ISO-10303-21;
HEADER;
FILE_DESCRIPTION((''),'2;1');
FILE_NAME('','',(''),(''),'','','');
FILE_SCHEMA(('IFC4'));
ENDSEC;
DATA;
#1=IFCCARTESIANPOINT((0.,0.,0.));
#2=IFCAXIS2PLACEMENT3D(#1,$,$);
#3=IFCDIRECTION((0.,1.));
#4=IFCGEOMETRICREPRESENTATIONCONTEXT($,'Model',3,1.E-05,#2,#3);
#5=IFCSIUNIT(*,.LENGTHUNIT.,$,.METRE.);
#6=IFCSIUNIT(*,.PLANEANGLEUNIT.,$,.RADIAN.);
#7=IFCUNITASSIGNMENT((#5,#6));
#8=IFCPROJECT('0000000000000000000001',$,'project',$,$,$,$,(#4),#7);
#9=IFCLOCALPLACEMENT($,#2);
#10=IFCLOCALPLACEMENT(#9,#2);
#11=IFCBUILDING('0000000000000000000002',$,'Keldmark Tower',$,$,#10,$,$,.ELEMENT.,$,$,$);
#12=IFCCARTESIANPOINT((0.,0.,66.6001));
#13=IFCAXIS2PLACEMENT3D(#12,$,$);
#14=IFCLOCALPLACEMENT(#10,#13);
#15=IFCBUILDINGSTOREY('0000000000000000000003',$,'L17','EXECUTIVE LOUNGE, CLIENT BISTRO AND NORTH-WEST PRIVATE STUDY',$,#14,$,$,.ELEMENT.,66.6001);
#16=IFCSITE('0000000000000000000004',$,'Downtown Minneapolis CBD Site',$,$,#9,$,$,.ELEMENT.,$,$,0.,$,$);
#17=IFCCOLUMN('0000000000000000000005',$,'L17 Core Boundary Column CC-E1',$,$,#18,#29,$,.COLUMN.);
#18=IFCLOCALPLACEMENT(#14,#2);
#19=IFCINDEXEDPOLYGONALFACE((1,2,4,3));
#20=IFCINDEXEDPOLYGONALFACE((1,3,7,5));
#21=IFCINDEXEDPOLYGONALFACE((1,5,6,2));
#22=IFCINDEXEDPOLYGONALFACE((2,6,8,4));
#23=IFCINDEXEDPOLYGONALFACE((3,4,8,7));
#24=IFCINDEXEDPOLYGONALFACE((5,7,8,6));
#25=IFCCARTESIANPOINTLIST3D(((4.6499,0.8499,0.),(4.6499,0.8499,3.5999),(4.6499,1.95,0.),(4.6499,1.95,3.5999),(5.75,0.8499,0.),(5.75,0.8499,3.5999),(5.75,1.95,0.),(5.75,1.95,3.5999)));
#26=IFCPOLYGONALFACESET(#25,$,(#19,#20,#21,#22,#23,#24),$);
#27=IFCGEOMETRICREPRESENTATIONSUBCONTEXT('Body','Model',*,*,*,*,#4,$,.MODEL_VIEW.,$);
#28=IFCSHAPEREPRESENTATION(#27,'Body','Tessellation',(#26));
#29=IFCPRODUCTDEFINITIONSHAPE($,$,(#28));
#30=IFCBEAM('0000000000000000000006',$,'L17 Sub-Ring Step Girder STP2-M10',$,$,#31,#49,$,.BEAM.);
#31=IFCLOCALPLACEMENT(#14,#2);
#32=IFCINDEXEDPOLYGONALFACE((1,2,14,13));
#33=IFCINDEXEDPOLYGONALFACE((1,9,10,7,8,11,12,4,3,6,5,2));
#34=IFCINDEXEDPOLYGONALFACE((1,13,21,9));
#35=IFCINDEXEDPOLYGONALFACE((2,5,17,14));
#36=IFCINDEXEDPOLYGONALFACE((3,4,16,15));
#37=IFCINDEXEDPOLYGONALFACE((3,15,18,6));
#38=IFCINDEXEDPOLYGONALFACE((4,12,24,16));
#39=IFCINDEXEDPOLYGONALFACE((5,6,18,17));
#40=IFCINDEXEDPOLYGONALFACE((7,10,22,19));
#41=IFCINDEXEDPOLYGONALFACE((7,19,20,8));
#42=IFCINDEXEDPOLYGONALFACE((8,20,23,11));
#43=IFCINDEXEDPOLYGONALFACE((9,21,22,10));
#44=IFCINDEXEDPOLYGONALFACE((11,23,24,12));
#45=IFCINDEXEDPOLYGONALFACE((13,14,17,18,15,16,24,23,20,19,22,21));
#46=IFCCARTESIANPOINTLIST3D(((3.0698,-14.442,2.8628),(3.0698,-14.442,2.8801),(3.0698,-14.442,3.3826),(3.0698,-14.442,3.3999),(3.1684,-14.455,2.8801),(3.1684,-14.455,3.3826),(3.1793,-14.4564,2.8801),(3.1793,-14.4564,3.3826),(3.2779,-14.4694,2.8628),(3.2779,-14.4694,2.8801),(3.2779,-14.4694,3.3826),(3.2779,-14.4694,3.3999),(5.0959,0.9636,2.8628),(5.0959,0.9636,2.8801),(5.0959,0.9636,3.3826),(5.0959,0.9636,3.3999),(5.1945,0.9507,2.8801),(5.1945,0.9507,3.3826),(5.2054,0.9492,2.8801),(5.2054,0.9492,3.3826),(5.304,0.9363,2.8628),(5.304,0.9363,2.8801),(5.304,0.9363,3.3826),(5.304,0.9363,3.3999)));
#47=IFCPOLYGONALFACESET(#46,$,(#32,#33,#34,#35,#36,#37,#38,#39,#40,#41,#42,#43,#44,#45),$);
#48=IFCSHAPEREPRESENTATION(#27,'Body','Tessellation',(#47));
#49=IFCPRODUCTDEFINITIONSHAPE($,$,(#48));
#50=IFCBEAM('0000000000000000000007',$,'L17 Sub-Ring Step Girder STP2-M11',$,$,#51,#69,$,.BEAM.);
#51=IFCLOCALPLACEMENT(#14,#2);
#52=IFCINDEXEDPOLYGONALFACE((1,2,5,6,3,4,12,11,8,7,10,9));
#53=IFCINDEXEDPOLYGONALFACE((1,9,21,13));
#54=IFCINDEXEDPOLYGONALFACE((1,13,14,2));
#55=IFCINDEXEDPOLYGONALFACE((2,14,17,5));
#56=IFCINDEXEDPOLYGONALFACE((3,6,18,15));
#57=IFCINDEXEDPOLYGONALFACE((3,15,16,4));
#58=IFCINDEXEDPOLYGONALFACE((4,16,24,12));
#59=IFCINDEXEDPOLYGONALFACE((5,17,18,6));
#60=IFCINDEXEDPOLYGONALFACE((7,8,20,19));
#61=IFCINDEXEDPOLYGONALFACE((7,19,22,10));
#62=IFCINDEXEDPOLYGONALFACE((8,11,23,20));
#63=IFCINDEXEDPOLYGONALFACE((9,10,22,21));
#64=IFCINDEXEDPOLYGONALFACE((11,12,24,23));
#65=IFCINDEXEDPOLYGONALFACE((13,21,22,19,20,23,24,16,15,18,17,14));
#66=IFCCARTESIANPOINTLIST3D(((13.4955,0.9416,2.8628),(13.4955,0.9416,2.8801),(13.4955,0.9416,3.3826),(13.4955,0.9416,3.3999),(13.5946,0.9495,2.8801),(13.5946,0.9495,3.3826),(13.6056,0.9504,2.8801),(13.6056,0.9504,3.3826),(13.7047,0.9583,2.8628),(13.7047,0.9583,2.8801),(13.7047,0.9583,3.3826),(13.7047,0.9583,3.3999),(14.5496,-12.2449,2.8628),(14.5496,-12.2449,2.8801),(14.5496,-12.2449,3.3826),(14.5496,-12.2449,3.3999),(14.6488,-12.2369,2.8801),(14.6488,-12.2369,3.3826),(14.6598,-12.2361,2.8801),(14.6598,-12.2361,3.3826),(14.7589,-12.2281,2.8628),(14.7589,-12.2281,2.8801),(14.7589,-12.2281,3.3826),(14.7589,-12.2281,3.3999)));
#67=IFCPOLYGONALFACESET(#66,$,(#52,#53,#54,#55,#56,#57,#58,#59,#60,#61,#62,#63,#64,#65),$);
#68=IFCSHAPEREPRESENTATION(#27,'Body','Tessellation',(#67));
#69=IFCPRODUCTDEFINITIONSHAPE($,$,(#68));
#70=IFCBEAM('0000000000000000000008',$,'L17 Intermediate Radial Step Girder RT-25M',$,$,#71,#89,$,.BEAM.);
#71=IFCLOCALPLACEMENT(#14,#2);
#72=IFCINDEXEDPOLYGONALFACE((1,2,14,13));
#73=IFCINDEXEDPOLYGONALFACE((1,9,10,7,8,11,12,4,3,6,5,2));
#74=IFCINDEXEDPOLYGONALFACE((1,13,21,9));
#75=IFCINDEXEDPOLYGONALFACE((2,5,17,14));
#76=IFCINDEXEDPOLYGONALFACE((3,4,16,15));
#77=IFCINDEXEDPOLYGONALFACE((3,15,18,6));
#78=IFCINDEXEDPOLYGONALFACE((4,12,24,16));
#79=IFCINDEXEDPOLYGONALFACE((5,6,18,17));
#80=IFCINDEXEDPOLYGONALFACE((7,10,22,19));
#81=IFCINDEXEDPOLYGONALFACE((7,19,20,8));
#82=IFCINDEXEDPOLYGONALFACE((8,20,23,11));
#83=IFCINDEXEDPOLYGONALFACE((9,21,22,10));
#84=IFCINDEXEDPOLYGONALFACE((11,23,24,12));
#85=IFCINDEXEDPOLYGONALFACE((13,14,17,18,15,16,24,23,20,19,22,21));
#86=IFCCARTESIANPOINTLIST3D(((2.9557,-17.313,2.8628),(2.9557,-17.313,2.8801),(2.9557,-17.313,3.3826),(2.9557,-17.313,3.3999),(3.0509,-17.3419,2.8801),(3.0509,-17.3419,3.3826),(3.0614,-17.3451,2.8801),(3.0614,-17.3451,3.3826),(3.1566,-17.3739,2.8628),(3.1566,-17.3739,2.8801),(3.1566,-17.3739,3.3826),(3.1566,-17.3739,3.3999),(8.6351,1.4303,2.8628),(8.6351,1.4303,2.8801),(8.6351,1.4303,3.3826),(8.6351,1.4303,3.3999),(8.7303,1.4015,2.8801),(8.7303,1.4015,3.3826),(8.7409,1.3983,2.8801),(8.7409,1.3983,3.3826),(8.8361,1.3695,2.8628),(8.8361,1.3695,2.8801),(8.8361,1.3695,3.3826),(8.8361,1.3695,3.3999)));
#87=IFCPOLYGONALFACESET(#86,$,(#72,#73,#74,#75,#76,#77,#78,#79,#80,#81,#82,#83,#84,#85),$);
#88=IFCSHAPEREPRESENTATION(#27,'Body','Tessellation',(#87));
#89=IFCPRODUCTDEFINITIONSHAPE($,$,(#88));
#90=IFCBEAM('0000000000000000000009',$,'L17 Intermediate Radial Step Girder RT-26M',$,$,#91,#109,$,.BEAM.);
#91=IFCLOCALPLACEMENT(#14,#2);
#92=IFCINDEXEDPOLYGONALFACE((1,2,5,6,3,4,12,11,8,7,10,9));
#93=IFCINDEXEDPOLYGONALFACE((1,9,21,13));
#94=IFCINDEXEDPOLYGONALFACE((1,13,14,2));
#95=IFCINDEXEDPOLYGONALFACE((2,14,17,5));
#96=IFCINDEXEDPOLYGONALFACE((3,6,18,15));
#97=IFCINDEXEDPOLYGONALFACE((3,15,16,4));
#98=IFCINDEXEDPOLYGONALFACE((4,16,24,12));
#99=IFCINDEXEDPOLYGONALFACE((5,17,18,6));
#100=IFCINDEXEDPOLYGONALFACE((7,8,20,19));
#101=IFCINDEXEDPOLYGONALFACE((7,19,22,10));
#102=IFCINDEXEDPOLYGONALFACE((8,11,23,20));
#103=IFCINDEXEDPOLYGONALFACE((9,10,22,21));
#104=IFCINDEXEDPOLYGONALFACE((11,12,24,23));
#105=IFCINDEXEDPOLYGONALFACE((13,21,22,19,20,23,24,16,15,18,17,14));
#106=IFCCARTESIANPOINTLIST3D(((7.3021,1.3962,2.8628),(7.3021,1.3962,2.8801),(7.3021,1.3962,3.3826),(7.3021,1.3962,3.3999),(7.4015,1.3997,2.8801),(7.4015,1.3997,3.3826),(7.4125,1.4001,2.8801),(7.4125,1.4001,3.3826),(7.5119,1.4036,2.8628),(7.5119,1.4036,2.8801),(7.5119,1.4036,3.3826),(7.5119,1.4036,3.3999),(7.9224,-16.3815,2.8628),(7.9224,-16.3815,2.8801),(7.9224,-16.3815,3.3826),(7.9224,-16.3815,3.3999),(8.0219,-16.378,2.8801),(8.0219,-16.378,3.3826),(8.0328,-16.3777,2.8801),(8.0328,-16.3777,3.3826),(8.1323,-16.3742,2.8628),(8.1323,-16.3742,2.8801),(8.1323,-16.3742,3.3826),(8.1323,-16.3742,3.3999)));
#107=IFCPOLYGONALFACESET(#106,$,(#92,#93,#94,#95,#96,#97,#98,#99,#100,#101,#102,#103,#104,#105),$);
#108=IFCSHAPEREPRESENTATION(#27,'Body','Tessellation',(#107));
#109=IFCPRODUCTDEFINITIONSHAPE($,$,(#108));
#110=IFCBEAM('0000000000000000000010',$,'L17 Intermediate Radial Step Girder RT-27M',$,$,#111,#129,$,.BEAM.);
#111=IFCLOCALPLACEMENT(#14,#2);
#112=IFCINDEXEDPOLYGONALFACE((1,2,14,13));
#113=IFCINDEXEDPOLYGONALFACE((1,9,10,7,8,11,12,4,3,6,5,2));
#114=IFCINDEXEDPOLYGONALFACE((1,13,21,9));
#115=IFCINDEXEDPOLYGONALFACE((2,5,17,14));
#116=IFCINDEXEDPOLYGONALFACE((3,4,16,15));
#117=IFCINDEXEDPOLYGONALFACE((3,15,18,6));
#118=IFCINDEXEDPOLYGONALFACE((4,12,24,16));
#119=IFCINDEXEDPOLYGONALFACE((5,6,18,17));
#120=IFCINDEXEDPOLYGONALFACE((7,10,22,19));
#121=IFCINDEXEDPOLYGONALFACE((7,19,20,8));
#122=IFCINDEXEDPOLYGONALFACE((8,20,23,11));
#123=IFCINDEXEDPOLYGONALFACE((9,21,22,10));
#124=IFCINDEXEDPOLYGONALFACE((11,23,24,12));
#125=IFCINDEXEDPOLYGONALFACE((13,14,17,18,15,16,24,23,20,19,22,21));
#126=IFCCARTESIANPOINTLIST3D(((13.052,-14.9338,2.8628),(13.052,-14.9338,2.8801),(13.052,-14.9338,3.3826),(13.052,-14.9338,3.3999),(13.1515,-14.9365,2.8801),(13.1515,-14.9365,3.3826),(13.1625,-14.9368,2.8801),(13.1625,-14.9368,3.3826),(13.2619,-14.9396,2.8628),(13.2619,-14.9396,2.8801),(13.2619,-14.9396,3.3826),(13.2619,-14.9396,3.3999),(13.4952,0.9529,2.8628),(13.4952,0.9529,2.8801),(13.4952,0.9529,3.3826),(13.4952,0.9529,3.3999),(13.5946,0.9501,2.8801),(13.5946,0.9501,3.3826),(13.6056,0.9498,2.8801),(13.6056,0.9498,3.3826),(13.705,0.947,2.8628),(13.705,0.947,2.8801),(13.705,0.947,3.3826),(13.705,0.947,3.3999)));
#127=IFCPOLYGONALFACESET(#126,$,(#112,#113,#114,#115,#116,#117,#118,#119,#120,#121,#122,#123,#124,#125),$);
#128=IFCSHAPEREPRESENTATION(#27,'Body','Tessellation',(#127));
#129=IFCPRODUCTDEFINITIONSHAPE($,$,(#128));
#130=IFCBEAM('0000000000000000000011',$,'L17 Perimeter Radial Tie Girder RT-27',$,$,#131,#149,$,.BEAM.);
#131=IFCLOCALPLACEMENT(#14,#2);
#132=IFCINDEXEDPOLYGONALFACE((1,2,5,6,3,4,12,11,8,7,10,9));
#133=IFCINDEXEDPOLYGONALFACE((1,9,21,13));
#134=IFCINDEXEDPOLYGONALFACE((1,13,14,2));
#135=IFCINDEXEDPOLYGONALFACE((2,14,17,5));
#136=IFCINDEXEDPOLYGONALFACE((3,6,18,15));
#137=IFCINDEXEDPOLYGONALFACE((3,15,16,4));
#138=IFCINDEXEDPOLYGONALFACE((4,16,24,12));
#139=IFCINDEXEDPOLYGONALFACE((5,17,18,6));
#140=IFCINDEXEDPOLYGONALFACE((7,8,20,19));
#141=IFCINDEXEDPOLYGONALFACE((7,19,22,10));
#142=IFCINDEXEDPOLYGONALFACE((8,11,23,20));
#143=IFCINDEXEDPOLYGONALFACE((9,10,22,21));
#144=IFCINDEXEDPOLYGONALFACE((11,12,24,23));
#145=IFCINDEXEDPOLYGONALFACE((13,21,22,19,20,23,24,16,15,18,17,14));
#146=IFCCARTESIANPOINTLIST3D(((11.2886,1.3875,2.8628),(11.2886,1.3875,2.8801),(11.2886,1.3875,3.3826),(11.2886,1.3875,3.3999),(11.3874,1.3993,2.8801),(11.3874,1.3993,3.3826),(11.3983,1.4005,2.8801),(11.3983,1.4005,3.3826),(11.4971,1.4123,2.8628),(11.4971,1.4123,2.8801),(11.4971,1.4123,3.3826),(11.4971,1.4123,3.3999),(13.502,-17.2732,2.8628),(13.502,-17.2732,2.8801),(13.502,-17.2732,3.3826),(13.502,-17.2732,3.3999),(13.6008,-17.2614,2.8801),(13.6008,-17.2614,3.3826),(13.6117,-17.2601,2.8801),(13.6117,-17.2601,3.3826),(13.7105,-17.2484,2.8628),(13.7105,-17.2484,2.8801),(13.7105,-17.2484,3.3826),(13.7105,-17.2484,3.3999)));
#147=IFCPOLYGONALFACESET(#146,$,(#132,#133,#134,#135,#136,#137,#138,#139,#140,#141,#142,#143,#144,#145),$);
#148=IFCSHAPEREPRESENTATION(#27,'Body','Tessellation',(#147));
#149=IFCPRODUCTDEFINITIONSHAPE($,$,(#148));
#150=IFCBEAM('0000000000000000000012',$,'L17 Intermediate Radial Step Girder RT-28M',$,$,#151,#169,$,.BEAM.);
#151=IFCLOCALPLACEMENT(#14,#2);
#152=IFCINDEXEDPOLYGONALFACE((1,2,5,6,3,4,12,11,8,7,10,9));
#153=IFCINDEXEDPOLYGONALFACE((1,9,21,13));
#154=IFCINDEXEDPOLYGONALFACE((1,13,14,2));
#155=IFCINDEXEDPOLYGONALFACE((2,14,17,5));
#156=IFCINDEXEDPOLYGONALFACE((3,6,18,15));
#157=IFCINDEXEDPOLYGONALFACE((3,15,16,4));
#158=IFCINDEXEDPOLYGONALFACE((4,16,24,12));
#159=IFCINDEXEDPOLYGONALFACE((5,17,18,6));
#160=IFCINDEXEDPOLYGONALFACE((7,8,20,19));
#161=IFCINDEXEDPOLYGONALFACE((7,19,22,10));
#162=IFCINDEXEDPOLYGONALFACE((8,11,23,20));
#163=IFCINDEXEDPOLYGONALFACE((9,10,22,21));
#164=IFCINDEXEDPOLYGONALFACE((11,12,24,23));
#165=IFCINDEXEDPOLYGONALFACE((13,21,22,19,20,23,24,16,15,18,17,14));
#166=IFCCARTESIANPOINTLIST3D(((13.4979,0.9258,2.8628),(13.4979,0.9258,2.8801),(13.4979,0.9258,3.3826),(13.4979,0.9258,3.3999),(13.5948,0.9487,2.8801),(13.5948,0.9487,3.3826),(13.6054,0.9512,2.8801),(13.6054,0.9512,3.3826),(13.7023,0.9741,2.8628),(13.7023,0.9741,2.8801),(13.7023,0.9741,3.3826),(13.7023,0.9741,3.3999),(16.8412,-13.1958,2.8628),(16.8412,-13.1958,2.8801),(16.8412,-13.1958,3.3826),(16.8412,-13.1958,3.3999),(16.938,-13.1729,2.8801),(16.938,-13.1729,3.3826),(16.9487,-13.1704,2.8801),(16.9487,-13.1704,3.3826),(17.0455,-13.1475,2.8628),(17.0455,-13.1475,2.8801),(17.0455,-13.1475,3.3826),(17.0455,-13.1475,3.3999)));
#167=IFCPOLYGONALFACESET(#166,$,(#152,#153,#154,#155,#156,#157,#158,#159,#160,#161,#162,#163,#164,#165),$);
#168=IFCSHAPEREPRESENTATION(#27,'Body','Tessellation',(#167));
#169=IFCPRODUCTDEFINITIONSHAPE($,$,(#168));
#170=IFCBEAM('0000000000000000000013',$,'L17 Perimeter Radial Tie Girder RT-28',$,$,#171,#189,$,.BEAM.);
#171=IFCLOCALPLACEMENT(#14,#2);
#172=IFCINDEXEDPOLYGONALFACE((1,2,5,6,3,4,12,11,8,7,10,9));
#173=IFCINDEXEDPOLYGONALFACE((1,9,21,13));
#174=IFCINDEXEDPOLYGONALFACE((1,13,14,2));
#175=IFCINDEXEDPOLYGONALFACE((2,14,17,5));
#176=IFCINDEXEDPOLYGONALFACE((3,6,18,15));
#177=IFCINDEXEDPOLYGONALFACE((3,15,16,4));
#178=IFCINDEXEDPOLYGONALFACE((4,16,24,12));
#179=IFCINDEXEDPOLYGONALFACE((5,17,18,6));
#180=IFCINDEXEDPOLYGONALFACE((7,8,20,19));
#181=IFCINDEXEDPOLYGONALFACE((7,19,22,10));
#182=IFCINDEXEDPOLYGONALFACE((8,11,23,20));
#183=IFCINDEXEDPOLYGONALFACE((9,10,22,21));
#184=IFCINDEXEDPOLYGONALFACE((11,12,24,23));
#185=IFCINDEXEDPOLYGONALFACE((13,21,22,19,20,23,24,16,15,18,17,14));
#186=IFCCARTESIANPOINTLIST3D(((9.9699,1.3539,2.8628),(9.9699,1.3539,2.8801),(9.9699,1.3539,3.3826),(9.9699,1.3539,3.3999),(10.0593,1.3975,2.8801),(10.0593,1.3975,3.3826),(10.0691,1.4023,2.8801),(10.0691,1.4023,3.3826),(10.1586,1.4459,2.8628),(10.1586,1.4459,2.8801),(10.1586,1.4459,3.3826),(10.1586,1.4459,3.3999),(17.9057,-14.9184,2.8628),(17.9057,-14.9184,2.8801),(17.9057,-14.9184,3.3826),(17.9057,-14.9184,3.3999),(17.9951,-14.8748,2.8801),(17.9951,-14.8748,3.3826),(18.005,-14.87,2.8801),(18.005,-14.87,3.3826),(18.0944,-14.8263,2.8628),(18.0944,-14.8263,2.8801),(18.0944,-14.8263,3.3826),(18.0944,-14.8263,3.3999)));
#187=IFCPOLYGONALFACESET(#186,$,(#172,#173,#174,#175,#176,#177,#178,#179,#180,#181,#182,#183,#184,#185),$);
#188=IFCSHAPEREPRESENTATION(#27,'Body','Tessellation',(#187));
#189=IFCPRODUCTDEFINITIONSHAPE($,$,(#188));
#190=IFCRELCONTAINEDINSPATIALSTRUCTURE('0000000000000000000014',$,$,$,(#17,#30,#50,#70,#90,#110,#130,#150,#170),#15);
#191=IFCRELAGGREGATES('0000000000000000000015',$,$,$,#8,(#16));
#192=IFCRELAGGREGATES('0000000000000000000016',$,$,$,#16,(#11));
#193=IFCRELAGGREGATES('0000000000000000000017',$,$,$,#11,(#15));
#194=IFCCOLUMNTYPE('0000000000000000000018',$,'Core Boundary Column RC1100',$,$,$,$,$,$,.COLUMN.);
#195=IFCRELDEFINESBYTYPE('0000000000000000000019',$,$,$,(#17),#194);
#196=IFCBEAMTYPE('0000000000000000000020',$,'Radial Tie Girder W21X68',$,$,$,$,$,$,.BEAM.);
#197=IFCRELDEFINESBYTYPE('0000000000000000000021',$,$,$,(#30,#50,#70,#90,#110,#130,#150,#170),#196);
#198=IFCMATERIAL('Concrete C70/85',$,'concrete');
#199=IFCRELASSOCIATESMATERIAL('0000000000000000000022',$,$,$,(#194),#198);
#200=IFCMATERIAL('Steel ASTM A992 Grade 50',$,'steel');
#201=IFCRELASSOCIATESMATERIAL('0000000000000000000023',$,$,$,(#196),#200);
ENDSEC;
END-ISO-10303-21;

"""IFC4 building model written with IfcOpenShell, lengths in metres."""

from ifc_helpers import new_model, si_unit, direction, frame, origin, origin_2d, place, context, subcontext, project, spatial, rectangle, i_section, extrude, material, material_profile, profile_set, type_object, element, save


model = new_model("IFC4")

# Units and contexts
model_context = context("Model", 3, precision=1e-05, world=origin(), true_north=direction((0.0, 1.0)))
body_context = subcontext(model_context, "Body", "Model", "MODEL_VIEW")
ifc_project = project(units=[si_unit("LENGTHUNIT", "METRE"), si_unit("PLANEANGLEUNIT", "RADIAN")], contexts=[model_context])

# Site, building, storey
site_placement = place(None, origin())
site = spatial("IfcSite", under=ifc_project, at=site_placement, Name="Downtown Minneapolis CBD Site", CompositionType="ELEMENT", RefElevation=0.0)
building_placement = place(site_placement, origin())
building = spatial("IfcBuilding", under=site, at=building_placement, Name="Keldmark Tower", CompositionType="ELEMENT")
storey_placement = place(building_placement, frame((0.0, 0.0, 66.6001)))
storey = spatial("IfcBuildingStorey", under=building, at=storey_placement, Name="L17", Description="EXECUTIVE LOUNGE, CLIENT BISTRO AND NORTH-WEST PRIVATE STUDY", CompositionType="ELEMENT", Elevation=66.6001)

# Column
ifc_material_1 = material(Name="Concrete C70/85", Category="concrete")
ifc_material_profile_1 = material_profile(ifc_material_1, rectangle(XDim=1.1001, YDim=1.1001, at=origin_2d()), Name="RC1100X1100")
ifc_profile_set_1 = profile_set([ifc_material_profile_1], Name="Concrete C70/85")
column_type = type_object("IfcColumnType", Name="Core Boundary Column RC1100", PredefinedType="COLUMN", material=ifc_profile_set_1)
column_placement = place(storey_placement, frame((5.2, 1.3999, 0.0), z_axis=(0.0, 0.0, 1.0), x_axis=(1.0, 0.0, 0.0)))
element("IfcColumn", 1, at=column_placement, inside=storey, type_object=column_type, Name="L17 Core Boundary Column CC-E1", PredefinedType="COLUMN", context=body_context, shape_type="SweptSolid", body=[
    extrude(rectangle(XDim=1.1001, YDim=1.1001, at=origin_2d()), origin(), (0.0, 0.0, 1.0), 3.5999),
])

# Beams
ifc_material_2 = material(Name="Steel ASTM A992 Grade 50", Category="steel")
ifc_material_profile_2 = material_profile(ifc_material_2, i_section(OverallWidth=0.21, OverallDepth=0.5371, WebThickness=0.011, FlangeThickness=0.0173, at=origin_2d()), Name="W21X68")
ifc_profile_set_2 = profile_set([ifc_material_profile_2], Name="Steel ASTM A992 Grade 50")
beam_type = type_object("IfcBeamType", Name="Radial Tie Girder W21X68", PredefinedType="BEAM", material=ifc_profile_set_2)
beam_1_placement = place(storey_placement, frame((5.2, 0.95, 3.1313), z_axis=(-0.130394, -0.991462, 0.0), x_axis=(0.991462, -0.130394, 0.0)))
element("IfcBeam", 2, at=beam_1_placement, inside=storey, type_object=beam_type, Name="L17 Sub-Ring Step Girder STP2-M10", PredefinedType="BEAM", context=body_context, shape_type="SweptSolid", body=[
    extrude(i_section(OverallWidth=0.21, OverallDepth=0.5371, WebThickness=0.011, FlangeThickness=0.0173, at=origin_2d()), origin(), (0.0, 0.0, 1.0), 15.5383),
])
beam_2_placement = place(storey_placement, frame((13.6001, 0.95, 3.1313), z_axis=(0.079691, -0.99682, 0.0), x_axis=(0.99682, 0.079691, 0.0)))
element("IfcBeam", 3, at=beam_2_placement, inside=storey, type_object=beam_type, Name="L17 Sub-Ring Step Girder STP2-M11", PredefinedType="BEAM", context=body_context, shape_type="SweptSolid", body=[
    extrude(i_section(OverallWidth=0.21, OverallDepth=0.5371, WebThickness=0.011, FlangeThickness=0.0173, at=origin_2d()), origin(), (0.0, 0.0, 1.0), 13.2285),
])
beam_3_placement = place(storey_placement, frame((8.7356, 1.3999, 3.1313), z_axis=(-0.28999, -0.95703, 0.0), x_axis=(0.95703, -0.28999, 0.0)))
element("IfcBeam", 4, at=beam_3_placement, inside=storey, type_object=beam_type, Name="L17 Intermediate Radial Step Girder RT-25M", PredefinedType="BEAM", context=body_context, shape_type="SweptSolid", body=[
    extrude(i_section(OverallWidth=0.21, OverallDepth=0.5371, WebThickness=0.011, FlangeThickness=0.0173, at=origin_2d()), origin(), (0.0, 0.0, 1.0), 19.585),
])
beam_4_placement = place(storey_placement, frame((7.407, 1.3999, 3.1313), z_axis=(0.034874, -0.999392, 0.0), x_axis=(0.999392, 0.034874, 0.0)))
element("IfcBeam", 5, at=beam_4_placement, inside=storey, type_object=beam_type, Name="L17 Intermediate Radial Step Girder RT-26M", PredefinedType="BEAM", context=body_context, shape_type="SweptSolid", body=[
    extrude(i_section(OverallWidth=0.21, OverallDepth=0.5371, WebThickness=0.011, FlangeThickness=0.0173, at=origin_2d()), origin(), (0.0, 0.0, 1.0), 17.7886),
])
beam_5_placement = place(storey_placement, frame((13.6001, 0.95, 3.1313), z_axis=(-0.027881, -0.999611, 0.0), x_axis=(0.999611, -0.027881, 0.0)))
element("IfcBeam", 6, at=beam_5_placement, inside=storey, type_object=beam_type, Name="L17 Intermediate Radial Step Girder RT-27M", PredefinedType="BEAM", context=body_context, shape_type="SweptSolid", body=[
    extrude(i_section(OverallWidth=0.21, OverallDepth=0.5371, WebThickness=0.011, FlangeThickness=0.0173, at=origin_2d()), origin(), (0.0, 0.0, 1.0), 15.8928),
])
beam_6_placement = place(storey_placement, frame((11.3928, 1.3999, 3.1313), z_axis=(0.117786, -0.993039, 0.0), x_axis=(0.993039, 0.117786, 0.0)))
element("IfcBeam", 7, at=beam_6_placement, inside=storey, type_object=beam_type, Name="L17 Perimeter Radial Tie Girder RT-27", PredefinedType="BEAM", context=body_context, shape_type="SweptSolid", body=[
    extrude(i_section(OverallWidth=0.21, OverallDepth=0.5371, WebThickness=0.011, FlangeThickness=0.0173, at=origin_2d()), origin(), (0.0, 0.0, 1.0), 18.7915),
])
beam_7_placement = place(storey_placement, frame((13.6001, 0.95, 3.1313), z_axis=(0.23038, -0.973101, 0.0), x_axis=(0.973101, 0.23038, 0.0)))
element("IfcBeam", 8, at=beam_7_placement, inside=storey, type_object=beam_type, Name="L17 Intermediate Radial Step Girder RT-28M", PredefinedType="BEAM", context=body_context, shape_type="SweptSolid", body=[
    extrude(i_section(OverallWidth=0.21, OverallDepth=0.5371, WebThickness=0.011, FlangeThickness=0.0173, at=origin_2d()), origin(), (0.0, 0.0, 1.0), 14.512),
])
beam_8_placement = place(storey_placement, frame((10.0642, 1.3999, 3.1313), z_axis=(0.43834, -0.898809, 0.0), x_axis=(0.898809, 0.43834, 0.0)))
element("IfcBeam", 9, at=beam_8_placement, inside=storey, type_object=beam_type, Name="L17 Perimeter Radial Tie Girder RT-28", PredefinedType="BEAM", context=body_context, shape_type="SweptSolid", body=[
    extrude(i_section(OverallWidth=0.21, OverallDepth=0.5371, WebThickness=0.011, FlangeThickness=0.0173, at=origin_2d()), origin(), (0.0, 0.0, 1.0), 18.1042),
])

save(model, "model.ifc")
